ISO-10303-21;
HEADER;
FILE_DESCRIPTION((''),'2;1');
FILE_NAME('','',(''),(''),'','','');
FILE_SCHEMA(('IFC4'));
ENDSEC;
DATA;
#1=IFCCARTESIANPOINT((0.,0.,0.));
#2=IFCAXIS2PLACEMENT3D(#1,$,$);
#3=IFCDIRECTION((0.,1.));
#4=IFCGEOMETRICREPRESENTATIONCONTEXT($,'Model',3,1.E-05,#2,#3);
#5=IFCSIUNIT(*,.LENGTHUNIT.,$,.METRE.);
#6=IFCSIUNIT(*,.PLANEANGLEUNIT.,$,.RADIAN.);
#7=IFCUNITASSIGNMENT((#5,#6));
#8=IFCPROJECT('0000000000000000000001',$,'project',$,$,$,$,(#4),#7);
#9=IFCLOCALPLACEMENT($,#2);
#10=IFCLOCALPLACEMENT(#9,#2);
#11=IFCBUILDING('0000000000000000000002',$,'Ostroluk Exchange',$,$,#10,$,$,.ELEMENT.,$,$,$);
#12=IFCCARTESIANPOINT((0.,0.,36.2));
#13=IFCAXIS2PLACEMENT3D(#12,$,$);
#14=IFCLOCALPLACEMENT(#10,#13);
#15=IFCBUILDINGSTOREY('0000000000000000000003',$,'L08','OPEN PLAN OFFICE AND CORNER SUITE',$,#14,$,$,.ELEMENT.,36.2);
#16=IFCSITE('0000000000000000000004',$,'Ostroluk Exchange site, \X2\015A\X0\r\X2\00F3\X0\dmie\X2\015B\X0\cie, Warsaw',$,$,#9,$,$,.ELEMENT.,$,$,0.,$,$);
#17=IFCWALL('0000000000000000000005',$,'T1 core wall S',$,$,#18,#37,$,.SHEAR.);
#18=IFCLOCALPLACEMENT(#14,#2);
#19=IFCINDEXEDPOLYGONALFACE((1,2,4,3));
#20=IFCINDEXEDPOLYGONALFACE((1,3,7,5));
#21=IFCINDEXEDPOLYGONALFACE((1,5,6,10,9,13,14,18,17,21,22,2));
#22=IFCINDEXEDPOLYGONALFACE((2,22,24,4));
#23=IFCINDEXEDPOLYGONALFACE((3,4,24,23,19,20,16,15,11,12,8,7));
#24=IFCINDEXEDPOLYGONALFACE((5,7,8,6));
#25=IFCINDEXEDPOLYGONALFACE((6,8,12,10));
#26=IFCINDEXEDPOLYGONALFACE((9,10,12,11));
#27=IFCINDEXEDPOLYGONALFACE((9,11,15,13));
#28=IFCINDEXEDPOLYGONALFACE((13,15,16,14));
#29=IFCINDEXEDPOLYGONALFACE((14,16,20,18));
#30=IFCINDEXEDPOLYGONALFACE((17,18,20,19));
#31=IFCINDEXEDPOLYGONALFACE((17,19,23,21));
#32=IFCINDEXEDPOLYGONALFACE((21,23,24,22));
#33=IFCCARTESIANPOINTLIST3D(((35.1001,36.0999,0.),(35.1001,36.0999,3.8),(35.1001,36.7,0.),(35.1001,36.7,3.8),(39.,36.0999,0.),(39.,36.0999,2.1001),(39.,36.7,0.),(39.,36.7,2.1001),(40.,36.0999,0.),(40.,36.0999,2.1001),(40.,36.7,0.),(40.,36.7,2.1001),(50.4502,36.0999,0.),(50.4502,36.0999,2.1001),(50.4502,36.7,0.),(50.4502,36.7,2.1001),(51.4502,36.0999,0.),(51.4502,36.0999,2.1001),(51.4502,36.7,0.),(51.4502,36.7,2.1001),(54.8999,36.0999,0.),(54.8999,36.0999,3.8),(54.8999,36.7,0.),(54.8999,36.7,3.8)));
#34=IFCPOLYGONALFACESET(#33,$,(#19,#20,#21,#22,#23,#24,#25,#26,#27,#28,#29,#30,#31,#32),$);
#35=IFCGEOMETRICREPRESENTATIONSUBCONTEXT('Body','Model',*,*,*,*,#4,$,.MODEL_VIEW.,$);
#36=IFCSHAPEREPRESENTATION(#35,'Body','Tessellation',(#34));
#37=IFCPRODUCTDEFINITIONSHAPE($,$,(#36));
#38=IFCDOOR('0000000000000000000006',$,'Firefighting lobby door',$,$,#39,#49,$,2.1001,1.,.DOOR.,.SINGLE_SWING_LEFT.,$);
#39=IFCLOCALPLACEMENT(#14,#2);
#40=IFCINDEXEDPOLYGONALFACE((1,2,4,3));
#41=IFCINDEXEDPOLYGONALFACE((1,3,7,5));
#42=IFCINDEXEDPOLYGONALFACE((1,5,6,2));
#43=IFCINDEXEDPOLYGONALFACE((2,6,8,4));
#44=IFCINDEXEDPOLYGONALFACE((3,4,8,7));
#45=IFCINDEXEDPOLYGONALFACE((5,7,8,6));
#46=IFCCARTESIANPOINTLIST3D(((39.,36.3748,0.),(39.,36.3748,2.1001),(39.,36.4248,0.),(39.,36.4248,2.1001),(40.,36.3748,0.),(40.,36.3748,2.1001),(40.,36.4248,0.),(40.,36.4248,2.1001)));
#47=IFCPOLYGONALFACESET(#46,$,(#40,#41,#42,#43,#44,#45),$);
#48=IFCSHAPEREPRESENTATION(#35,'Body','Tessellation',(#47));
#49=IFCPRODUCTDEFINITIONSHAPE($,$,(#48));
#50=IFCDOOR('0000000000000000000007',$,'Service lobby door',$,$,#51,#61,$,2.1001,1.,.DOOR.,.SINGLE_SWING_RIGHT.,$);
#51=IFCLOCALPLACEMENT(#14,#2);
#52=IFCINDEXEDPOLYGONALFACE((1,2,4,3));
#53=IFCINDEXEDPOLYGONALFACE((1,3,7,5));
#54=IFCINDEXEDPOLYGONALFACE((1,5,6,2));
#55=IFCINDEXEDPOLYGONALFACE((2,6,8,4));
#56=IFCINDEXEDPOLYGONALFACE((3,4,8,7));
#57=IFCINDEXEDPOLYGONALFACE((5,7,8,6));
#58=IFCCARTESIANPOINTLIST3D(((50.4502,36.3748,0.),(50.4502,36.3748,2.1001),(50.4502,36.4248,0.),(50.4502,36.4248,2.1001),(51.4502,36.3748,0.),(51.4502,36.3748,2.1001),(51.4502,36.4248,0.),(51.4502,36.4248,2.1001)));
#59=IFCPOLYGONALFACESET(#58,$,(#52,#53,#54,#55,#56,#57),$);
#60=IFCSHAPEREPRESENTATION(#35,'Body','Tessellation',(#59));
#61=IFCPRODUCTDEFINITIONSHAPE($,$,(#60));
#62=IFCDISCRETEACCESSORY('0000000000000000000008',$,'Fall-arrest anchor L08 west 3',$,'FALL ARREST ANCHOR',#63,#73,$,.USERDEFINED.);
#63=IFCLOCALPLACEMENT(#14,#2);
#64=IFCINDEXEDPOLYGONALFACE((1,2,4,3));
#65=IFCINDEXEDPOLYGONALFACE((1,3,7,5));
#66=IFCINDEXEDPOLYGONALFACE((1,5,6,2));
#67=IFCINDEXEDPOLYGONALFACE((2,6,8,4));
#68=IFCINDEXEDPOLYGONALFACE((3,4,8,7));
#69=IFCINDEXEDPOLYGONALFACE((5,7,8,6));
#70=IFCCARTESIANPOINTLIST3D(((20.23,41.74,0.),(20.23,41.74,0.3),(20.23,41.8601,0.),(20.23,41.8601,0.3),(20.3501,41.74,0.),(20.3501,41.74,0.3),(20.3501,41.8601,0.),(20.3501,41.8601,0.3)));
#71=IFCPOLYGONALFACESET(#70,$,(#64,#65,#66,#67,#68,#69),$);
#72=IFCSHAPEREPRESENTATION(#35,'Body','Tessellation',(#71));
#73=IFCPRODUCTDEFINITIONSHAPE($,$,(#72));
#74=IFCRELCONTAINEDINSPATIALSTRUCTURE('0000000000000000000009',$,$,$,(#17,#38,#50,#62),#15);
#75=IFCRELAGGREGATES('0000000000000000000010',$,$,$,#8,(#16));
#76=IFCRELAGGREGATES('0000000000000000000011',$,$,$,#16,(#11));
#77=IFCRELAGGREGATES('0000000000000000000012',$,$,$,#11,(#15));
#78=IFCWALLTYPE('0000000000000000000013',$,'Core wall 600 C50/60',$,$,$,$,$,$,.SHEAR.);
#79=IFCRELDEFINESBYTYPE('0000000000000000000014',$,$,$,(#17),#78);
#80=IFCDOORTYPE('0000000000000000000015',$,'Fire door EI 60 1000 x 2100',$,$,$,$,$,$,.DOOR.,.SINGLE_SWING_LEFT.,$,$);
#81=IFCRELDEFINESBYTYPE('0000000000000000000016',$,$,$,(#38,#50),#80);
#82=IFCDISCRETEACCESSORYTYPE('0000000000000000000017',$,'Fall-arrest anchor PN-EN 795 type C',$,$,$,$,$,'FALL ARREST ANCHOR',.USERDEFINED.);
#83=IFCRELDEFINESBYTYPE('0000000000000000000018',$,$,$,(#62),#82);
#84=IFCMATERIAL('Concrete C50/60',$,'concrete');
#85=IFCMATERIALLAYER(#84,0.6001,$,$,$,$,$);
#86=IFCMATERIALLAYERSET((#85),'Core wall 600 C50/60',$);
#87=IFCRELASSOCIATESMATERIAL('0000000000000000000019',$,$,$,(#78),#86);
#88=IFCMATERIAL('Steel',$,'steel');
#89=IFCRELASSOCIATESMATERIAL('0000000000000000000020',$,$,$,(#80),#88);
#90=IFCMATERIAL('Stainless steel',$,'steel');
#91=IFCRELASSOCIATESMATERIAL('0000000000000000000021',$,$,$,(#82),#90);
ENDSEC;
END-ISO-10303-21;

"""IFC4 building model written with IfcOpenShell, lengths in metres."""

from ifc_helpers import new_model, si_unit, direction, frame, frame_2d, origin, origin_2d, place, context, subcontext, project, spatial, rectangle, extrude, material, layer, layer_set, type_object, element, fill, save


model = new_model("IFC4")

# Units and contexts
model_context = context("Model", 3, precision=1e-05, world=origin(), true_north=direction((0.0, 1.0)))
body_context = subcontext(model_context, "Body", "Model", "MODEL_VIEW")
ifc_project = project(units=[si_unit("LENGTHUNIT", "METRE"), si_unit("PLANEANGLEUNIT", "RADIAN")], contexts=[model_context])

# Site, building, storey
site_placement = place(None, origin())
site = spatial("IfcSite", under=ifc_project, at=site_placement, Name="Ostroluk Exchange site, Śródmieście, Warsaw", CompositionType="ELEMENT", RefElevation=0.0)
building_placement = place(site_placement, origin())
building = spatial("IfcBuilding", under=site, at=building_placement, Name="Ostroluk Exchange", CompositionType="ELEMENT")
storey_placement = place(building_placement, frame((0.0, 0.0, 36.2)))
storey = spatial("IfcBuildingStorey", under=building, at=storey_placement, Name="L08", Description="OPEN PLAN OFFICE AND CORNER SUITE", CompositionType="ELEMENT", Elevation=36.2)

# Wall, openings, doors
ifc_material_1 = material(Name="Concrete C50/60", Category="concrete")
ifc_layer_1 = layer(ifc_material_1, 0.6001)
ifc_layer_set_1 = layer_set([ifc_layer_1], Name="Core wall 600 C50/60")
wall_type_1 = type_object("IfcWallType", Name="Core wall 600 C50/60", PredefinedType="SHEAR", material=ifc_layer_set_1)
wall_1_placement = place(storey_placement, frame((35.1001, 36.3999, 0.0), z_axis=(0.0, 0.0, 1.0), x_axis=(1.0, 0.0, 0.0)))
wall_1 = element("IfcWall", 1, at=wall_1_placement, inside=storey, type_object=wall_type_1, Name="T1 core wall S", PredefinedType="SHEAR", context=body_context, shape_type="SweptSolid", body=[
    extrude(rectangle(XDim=19.7998, YDim=0.6001, at=frame_2d((9.8999, 0.0))), origin(), (0.0, 0.0, 1.0), 3.8),
])
opening_1_placement = place(wall_1_placement, frame((3.8999, 0.0, 0.0)))
opening_1 = element("IfcOpeningElement", 2, at=opening_1_placement, cuts=wall_1, PredefinedType="OPENING", context=body_context, shape_type="SweptSolid", body=[
    extrude(rectangle(XDim=1.0, YDim=2.1001, at=frame_2d((0.5, 1.05))), frame((0.0, 0.3101, 0.0), z_axis=(0.0, -1.0, 0.0), x_axis=(1.0, 0.0, 0.0)), (0.0, 0.0, 1.0), 0.6201),
])
opening_2_placement = place(wall_1_placement, frame((15.3501, 0.0, 0.0)))
opening_2 = element("IfcOpeningElement", 3, at=opening_2_placement, cuts=wall_1, PredefinedType="OPENING", context=body_context, shape_type="SweptSolid", body=[
    extrude(rectangle(XDim=1.0, YDim=2.1001, at=frame_2d((0.5, 1.05))), frame((0.0, 0.3101, 0.0), z_axis=(0.0, -1.0, 0.0), x_axis=(1.0, 0.0, 0.0)), (0.0, 0.0, 1.0), 0.6201),
])
ifc_material_2 = material(Name="Steel", Category="steel")
door_type_1 = type_object("IfcDoorType", Name="Fire door EI 60 1000 x 2100", OperationType="SINGLE_SWING_LEFT", PredefinedType="DOOR", material=ifc_material_2)
door_1_placement = place(opening_1_placement, origin())
door_1 = element("IfcDoor", 4, at=door_1_placement, inside=storey, type_object=door_type_1, Name="Firefighting lobby door", OperationType="SINGLE_SWING_LEFT", OverallHeight=2.1001, OverallWidth=1.0, PredefinedType="DOOR", context=body_context, shape_type="SweptSolid", body=[
    extrude(rectangle(XDim=1.0, YDim=2.1001, at=frame_2d((0.5, 1.05))), frame((0.0, 0.0249, 0.0), z_axis=(0.0, -1.0, 0.0), x_axis=(1.0, 0.0, 0.0)), (0.0, 0.0, 1.0), 0.05),
])
fill(opening_1, door_1)
door_2_placement = place(opening_2_placement, origin())
door_2 = element("IfcDoor", 5, at=door_2_placement, inside=storey, type_object=door_type_1, Name="Service lobby door", OperationType="SINGLE_SWING_RIGHT", OverallHeight=2.1001, OverallWidth=1.0, PredefinedType="DOOR", context=body_context, shape_type="SweptSolid", body=[
    extrude(rectangle(XDim=1.0, YDim=2.1001, at=frame_2d((0.5, 1.05))), frame((0.0, 0.0249, 0.0), z_axis=(0.0, -1.0, 0.0), x_axis=(1.0, 0.0, 0.0)), (0.0, 0.0, 1.0), 0.05),
])
fill(opening_2, door_2)

# Discrete accessory
ifc_material_3 = material(Name="Stainless steel", Category="steel")
discrete_accessory_type = type_object("IfcDiscreteAccessoryType", Name="Fall-arrest anchor PN-EN 795 type C", ElementType="FALL ARREST ANCHOR", PredefinedType="USERDEFINED", material=ifc_material_3)
discrete_accessory_placement = place(storey_placement, frame((20.29, 41.8, 0.0), z_axis=(0.0, 0.0, 1.0), x_axis=(1.0, 0.0, 0.0)))
element("IfcDiscreteAccessory", 6, at=discrete_accessory_placement, inside=storey, type_object=discrete_accessory_type, Name="Fall-arrest anchor L08 west 3", ObjectType="FALL ARREST ANCHOR", PredefinedType="USERDEFINED", context=body_context, shape_type="SweptSolid", body=[
    extrude(rectangle(XDim=0.1201, YDim=0.1201, at=origin_2d()), origin(), (0.0, 0.0, 1.0), 0.3),
])

save(model, "model.ifc")
